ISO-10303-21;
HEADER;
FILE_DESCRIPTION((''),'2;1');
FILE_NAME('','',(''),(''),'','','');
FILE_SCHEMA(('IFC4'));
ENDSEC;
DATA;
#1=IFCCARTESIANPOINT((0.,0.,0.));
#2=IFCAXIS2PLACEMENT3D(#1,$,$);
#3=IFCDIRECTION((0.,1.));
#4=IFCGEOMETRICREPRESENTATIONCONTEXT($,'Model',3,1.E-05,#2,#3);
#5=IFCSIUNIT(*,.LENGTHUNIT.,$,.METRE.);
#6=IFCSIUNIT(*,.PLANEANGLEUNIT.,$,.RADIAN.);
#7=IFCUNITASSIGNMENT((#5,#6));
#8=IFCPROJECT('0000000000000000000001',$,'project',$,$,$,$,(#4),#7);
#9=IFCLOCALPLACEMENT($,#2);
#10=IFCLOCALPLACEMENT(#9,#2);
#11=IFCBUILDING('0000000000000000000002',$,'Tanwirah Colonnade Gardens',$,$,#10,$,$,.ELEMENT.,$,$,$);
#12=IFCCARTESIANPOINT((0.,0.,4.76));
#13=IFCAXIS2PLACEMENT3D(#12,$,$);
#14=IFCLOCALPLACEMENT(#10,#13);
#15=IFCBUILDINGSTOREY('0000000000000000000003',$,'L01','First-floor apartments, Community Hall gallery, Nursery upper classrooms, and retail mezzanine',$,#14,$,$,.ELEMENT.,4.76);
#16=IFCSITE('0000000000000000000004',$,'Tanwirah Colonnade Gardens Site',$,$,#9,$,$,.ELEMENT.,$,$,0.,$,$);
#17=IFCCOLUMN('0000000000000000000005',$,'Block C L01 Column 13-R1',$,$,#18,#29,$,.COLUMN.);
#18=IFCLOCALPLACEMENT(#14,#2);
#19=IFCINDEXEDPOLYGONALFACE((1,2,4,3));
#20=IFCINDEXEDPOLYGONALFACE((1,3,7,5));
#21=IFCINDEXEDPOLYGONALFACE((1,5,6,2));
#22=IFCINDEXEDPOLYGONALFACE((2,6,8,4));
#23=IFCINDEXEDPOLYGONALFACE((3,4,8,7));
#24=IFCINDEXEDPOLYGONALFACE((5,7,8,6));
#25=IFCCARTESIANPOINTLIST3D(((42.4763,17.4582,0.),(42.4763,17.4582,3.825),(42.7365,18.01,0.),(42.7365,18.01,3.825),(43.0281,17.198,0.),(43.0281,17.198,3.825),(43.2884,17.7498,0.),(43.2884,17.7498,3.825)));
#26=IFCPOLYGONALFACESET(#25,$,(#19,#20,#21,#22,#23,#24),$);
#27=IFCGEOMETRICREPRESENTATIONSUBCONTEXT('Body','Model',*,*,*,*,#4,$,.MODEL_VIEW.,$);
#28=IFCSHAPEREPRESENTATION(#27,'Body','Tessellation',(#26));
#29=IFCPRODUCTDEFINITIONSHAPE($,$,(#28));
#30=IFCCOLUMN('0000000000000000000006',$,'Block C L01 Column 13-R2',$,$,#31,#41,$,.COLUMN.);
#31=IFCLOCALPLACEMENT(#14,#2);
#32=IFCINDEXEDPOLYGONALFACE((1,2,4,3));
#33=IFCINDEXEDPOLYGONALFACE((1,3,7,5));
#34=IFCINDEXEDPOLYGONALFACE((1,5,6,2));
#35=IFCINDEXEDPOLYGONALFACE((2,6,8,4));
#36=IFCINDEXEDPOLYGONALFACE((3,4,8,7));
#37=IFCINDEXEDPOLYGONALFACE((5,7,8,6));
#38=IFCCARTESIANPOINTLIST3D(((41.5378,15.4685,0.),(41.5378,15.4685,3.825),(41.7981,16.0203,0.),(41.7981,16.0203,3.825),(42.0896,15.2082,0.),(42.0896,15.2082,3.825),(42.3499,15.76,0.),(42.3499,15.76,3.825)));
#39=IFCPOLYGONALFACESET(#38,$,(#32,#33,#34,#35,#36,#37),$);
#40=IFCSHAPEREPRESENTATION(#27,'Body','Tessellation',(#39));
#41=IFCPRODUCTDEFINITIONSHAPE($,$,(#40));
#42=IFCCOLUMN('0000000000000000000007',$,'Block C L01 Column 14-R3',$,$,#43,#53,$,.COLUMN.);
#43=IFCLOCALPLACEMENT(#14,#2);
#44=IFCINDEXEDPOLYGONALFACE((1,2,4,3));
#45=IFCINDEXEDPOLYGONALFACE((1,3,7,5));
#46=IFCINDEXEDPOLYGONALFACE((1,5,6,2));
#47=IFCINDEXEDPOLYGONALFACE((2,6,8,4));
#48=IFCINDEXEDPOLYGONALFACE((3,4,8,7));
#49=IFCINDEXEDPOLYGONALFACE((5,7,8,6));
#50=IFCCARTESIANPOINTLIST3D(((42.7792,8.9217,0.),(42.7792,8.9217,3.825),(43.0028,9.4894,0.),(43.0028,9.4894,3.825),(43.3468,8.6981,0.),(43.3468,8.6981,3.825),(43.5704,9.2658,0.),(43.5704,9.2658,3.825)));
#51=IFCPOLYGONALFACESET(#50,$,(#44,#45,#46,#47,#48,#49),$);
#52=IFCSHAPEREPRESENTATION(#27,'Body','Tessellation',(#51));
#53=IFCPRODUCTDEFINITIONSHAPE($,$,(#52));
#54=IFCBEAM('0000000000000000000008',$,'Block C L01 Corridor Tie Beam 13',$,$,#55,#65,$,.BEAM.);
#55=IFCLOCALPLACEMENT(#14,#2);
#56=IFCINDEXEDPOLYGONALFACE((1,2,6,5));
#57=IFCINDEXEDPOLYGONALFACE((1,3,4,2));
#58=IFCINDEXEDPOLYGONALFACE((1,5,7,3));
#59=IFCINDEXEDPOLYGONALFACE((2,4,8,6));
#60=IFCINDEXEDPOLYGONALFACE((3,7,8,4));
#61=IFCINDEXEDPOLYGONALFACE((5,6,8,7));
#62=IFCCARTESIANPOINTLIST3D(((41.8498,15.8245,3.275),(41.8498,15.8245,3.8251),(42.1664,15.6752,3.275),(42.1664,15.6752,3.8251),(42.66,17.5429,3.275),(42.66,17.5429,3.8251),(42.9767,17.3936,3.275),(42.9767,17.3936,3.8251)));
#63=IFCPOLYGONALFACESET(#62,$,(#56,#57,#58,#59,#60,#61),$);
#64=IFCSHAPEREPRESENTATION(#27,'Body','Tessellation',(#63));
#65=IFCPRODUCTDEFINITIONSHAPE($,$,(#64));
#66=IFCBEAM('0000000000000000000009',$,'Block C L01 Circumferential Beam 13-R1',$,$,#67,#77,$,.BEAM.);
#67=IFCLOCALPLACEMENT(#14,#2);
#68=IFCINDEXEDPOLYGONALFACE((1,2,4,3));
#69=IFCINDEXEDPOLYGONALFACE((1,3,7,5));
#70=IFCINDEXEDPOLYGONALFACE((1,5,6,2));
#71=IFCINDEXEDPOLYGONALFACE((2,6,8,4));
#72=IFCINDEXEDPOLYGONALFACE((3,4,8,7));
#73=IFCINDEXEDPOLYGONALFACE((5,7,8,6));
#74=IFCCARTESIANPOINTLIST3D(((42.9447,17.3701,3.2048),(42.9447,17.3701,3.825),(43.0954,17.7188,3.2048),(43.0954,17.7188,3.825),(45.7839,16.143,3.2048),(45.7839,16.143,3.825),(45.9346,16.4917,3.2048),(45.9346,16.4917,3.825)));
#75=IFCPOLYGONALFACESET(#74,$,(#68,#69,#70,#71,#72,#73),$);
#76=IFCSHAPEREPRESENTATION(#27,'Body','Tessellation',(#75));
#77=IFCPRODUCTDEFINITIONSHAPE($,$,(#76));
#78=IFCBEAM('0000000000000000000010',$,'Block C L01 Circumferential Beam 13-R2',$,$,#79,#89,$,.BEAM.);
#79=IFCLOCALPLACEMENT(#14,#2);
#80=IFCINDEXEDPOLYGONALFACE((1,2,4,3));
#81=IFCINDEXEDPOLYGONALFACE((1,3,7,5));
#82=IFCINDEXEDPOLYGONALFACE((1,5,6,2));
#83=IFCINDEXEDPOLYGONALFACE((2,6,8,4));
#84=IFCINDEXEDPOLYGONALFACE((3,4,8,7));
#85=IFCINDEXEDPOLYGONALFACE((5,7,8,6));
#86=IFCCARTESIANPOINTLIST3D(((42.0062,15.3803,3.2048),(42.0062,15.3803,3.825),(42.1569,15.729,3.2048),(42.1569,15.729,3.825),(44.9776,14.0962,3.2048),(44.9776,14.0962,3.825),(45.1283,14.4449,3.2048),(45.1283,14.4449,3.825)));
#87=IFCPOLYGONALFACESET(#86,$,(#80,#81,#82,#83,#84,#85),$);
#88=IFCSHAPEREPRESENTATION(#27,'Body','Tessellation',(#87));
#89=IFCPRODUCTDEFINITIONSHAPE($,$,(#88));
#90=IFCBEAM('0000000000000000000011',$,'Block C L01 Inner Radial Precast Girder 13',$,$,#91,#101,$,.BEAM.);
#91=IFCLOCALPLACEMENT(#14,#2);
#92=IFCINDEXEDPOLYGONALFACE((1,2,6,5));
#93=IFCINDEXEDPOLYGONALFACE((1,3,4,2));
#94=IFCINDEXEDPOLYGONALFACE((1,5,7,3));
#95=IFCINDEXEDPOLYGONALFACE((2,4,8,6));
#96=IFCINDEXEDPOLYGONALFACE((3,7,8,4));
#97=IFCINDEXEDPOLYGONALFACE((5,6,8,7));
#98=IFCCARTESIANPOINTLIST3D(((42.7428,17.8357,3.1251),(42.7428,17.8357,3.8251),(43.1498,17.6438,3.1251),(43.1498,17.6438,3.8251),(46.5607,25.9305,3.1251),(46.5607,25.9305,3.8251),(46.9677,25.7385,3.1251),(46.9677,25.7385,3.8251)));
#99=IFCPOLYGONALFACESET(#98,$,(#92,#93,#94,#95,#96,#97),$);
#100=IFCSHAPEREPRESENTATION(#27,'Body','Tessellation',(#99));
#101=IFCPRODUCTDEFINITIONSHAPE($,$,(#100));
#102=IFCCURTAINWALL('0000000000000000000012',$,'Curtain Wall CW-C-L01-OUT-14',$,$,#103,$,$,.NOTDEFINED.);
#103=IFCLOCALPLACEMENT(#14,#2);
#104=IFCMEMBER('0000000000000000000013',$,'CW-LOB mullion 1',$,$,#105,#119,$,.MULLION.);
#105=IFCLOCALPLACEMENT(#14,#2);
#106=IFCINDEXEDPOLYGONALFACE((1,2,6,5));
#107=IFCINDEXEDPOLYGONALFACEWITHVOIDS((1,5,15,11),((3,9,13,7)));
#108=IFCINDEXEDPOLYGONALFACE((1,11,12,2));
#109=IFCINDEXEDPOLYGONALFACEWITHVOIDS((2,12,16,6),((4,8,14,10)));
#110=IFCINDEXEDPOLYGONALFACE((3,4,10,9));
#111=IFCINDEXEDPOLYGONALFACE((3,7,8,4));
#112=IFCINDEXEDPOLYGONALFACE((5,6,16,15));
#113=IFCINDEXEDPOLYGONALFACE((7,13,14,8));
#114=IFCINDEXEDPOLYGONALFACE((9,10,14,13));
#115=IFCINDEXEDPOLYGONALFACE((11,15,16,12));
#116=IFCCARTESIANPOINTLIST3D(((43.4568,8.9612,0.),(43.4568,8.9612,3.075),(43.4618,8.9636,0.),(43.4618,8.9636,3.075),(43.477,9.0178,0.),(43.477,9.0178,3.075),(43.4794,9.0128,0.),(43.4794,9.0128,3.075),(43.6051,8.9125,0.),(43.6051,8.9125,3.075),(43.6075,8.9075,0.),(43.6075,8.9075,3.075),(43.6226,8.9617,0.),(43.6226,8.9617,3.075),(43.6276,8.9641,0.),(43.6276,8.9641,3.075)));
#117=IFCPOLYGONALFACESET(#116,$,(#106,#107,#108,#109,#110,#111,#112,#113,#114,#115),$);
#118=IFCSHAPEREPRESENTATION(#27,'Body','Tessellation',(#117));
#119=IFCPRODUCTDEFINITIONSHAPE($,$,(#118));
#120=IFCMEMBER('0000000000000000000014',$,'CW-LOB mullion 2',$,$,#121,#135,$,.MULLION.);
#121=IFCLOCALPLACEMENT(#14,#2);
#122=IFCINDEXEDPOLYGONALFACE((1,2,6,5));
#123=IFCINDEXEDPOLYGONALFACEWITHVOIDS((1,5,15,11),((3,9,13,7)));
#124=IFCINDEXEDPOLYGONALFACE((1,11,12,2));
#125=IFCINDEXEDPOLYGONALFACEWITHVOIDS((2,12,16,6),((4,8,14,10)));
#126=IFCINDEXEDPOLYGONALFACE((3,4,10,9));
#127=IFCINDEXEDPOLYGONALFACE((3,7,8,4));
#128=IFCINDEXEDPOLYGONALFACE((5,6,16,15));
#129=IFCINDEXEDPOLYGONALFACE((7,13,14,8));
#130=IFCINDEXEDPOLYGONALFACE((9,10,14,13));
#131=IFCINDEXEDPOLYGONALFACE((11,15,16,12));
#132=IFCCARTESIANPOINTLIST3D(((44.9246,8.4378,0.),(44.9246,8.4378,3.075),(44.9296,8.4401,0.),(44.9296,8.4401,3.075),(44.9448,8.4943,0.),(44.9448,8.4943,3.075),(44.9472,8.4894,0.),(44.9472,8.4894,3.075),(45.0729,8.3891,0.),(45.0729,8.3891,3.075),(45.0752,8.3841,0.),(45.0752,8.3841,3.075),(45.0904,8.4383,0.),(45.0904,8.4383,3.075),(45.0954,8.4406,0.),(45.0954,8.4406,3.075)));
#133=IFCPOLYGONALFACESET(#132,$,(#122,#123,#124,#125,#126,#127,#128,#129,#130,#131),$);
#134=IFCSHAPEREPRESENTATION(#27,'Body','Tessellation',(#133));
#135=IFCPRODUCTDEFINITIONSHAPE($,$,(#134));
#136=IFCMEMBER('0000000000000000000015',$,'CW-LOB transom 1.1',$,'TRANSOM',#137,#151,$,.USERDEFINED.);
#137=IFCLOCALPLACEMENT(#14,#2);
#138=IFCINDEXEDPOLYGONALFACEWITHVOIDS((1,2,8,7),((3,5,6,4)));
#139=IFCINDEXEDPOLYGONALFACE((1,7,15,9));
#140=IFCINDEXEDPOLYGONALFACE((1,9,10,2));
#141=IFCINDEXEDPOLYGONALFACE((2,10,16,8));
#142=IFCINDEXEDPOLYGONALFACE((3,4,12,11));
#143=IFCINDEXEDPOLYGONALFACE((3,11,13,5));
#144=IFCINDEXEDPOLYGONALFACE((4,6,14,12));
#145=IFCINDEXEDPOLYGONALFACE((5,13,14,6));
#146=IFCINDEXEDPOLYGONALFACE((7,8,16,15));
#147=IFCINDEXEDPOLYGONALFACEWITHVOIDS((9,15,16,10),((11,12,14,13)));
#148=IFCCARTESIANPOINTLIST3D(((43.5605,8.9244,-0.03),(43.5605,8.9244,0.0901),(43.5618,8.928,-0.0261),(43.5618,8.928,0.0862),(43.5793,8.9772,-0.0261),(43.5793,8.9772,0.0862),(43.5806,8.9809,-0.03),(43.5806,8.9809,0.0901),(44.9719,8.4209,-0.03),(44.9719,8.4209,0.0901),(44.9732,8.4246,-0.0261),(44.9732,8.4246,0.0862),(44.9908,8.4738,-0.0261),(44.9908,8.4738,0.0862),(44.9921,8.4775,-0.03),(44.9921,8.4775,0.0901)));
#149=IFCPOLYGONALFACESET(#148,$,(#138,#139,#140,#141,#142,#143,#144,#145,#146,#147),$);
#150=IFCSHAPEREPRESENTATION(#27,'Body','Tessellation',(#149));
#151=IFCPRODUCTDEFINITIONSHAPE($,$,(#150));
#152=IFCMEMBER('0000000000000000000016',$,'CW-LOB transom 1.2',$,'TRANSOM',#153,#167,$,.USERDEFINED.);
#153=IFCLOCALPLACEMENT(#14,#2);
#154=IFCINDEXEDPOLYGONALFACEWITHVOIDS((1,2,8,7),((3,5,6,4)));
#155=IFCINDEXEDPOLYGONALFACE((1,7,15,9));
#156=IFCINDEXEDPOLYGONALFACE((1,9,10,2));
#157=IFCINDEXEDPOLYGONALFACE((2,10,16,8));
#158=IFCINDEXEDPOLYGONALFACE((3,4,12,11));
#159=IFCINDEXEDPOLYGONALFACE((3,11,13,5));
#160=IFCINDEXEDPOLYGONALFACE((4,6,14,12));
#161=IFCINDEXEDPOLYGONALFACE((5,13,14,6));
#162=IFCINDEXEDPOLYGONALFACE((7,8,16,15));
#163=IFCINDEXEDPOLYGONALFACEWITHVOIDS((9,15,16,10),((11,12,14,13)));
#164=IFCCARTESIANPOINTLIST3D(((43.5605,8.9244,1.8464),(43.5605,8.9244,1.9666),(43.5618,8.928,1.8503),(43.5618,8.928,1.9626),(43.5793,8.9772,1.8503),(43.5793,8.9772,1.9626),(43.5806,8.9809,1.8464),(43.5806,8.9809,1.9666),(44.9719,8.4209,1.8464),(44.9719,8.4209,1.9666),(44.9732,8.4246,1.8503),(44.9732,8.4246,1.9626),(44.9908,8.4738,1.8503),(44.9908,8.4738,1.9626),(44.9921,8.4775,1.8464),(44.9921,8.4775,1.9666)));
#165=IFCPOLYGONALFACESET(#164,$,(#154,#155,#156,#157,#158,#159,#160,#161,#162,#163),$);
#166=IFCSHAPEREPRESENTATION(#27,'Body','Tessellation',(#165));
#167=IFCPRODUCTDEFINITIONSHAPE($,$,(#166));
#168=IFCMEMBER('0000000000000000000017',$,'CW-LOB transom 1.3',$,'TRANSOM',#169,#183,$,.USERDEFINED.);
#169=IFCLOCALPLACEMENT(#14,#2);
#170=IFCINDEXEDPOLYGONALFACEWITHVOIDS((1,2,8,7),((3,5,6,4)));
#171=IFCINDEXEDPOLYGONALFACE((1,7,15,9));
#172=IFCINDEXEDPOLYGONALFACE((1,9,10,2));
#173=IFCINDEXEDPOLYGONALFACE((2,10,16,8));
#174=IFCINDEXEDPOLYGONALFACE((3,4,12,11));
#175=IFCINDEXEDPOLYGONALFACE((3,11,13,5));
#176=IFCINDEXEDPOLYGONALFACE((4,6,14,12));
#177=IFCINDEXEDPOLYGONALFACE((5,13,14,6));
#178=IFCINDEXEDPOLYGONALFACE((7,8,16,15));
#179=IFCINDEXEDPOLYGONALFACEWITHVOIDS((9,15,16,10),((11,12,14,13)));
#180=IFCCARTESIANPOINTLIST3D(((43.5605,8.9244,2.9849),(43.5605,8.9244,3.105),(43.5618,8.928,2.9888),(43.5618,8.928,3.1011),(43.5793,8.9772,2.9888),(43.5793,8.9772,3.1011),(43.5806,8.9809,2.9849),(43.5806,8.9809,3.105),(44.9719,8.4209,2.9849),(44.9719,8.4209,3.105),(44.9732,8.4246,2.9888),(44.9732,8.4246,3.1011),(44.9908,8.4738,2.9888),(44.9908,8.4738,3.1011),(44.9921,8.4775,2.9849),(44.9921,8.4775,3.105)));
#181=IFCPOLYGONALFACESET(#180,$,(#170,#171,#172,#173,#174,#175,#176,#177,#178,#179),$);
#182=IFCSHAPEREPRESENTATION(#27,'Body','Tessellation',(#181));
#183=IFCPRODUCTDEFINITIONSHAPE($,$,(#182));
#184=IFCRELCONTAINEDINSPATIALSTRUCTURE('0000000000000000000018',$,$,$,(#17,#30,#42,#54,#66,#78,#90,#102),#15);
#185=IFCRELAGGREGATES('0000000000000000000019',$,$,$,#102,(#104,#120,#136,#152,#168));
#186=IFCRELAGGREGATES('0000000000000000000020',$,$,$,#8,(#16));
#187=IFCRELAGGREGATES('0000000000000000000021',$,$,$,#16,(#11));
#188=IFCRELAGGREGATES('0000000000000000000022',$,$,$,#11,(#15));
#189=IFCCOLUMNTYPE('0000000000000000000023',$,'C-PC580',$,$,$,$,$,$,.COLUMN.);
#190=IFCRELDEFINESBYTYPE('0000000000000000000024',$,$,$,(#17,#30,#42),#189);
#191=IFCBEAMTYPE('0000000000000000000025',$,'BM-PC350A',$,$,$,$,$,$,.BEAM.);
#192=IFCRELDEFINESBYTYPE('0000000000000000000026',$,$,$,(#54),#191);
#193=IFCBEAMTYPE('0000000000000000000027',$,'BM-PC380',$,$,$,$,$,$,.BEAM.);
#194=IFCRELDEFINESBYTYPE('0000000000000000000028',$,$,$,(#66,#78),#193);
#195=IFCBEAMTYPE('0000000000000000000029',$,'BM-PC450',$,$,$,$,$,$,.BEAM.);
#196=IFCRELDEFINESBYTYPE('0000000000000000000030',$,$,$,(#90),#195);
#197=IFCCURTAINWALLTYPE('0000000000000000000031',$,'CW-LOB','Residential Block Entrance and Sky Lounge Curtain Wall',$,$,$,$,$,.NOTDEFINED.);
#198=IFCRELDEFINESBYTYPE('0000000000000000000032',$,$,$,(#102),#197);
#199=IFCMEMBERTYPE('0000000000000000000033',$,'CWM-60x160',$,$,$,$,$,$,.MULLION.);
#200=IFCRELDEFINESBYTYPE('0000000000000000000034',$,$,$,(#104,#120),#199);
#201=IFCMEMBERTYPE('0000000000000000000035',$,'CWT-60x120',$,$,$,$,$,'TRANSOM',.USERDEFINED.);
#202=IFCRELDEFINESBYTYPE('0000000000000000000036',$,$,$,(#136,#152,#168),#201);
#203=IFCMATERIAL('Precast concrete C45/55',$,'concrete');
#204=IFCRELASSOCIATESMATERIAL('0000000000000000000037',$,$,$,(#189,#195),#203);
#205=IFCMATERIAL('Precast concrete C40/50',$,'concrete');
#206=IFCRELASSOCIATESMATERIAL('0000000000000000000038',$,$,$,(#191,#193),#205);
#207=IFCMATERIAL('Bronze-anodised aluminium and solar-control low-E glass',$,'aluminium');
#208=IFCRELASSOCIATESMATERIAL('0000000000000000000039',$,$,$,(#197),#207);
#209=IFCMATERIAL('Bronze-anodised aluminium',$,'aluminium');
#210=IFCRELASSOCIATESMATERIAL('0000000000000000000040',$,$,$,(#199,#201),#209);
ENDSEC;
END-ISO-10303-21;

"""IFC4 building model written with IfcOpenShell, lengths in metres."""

from ifc_helpers import new_model, si_unit, direction, frame, origin, origin_2d, place, context, subcontext, project, spatial, rectangle, hollow_rectangle, extrude, material, material_profile, profile_set, type_object, element, aggregate, save


model = new_model("IFC4")

# Units and contexts
model_context = context("Model", 3, precision=1e-05, world=origin(), true_north=direction((0.0, 1.0)))
body_context = subcontext(model_context, "Body", "Model", "MODEL_VIEW")
ifc_project = project(units=[si_unit("LENGTHUNIT", "METRE"), si_unit("PLANEANGLEUNIT", "RADIAN")], contexts=[model_context])

# Site, building, storey
site_placement = place(None, origin())
site = spatial("IfcSite", under=ifc_project, at=site_placement, Name="Tanwirah Colonnade Gardens Site", CompositionType="ELEMENT", RefElevation=0.0)
building_placement = place(site_placement, origin())
building = spatial("IfcBuilding", under=site, at=building_placement, Name="Tanwirah Colonnade Gardens", CompositionType="ELEMENT")
storey_placement = place(building_placement, frame((0.0, 0.0, 4.76)))
storey = spatial("IfcBuildingStorey", under=building, at=storey_placement, Name="L01", Description="First-floor apartments, Community Hall gallery, Nursery upper classrooms, and retail mezzanine", CompositionType="ELEMENT", Elevation=4.76)

# Columns
ifc_material_1 = material(Name="Precast concrete C45/55", Category="concrete")
ifc_material_profile_1 = material_profile(ifc_material_1, rectangle(XDim=0.6101, YDim=0.6101, at=origin_2d()), Name="PC-COL 610x610")
ifc_profile_set_1 = profile_set([ifc_material_profile_1], Name="Precast concrete C45/55")
column_type = type_object("IfcColumnType", Name="C-PC580", PredefinedType="COLUMN", material=ifc_profile_set_1)
for number, where, z_axis, x_axis, name in (
    (1, (42.8823, 17.604, 0.0), (0.0, 0.0, 1.0), (-0.426569, -0.904455, 0.0), "Block C L01 Column 13-R1"),
    (2, (41.9438, 15.6143, 0.0), (0.0, 0.0, 1.0), (-0.426569, -0.904455, 0.0), "Block C L01 Column 13-R2"),
    (3, (43.1748, 9.0938, 0.0), (0.0, 0.0, 1.0), (-0.366501, -0.930418, 0.0), "Block C L01 Column 14-R3"),
):
    element("IfcColumn", number, at=place(storey_placement, frame(where, z_axis=z_axis, x_axis=x_axis)), inside=storey, type_object=column_type, Name=name, PredefinedType="COLUMN", context=body_context, shape_type="SweptSolid", body=[
        extrude(rectangle(XDim=0.6101, YDim=0.6101, at=origin_2d()), origin(), (0.0, 0.0, 1.0), 3.825),
    ])

# Beams
ifc_material_2 = material(Name="Precast concrete C40/50", Category="concrete")
ifc_material_profile_2 = material_profile(ifc_material_2, rectangle(XDim=0.3501, YDim=0.55, at=origin_2d()), Name="PC-BM 350x550")
ifc_profile_set_2 = profile_set([ifc_material_profile_2], Name="Precast concrete C40/50")
beam_type_1 = type_object("IfcBeamType", Name="BM-PC350A", PredefinedType="BEAM", material=ifc_profile_set_2)
beam_1_placement = place(storey_placement, frame((42.8184, 17.4683, 3.55), z_axis=(-0.426484, -0.904495, 0.0), x_axis=(0.904495, -0.426484, 0.0)))
element("IfcBeam", 4, at=beam_1_placement, inside=storey, type_object=beam_type_1, Name="Block C L01 Corridor Tie Beam 13", PredefinedType="BEAM", context=body_context, shape_type="SweptSolid", body=[
    extrude(rectangle(XDim=0.3501, YDim=0.55, at=origin_2d()), origin(), (0.0, 0.0, 1.0), 1.8999),
])
ifc_material_profile_3 = material_profile(ifc_material_2, rectangle(XDim=0.3799, YDim=0.6201, at=origin_2d()), Name="PC-BM 380x620")
ifc_profile_set_3 = profile_set([ifc_material_profile_3], Name="Precast concrete C40/50")
beam_type_2 = type_object("IfcBeamType", Name="BM-PC380", PredefinedType="BEAM", material=ifc_profile_set_3)
beam_2_placement = place(storey_placement, frame((43.02, 17.5444, 3.5149), z_axis=(0.917936, -0.396728, 0.0), x_axis=(0.396728, 0.917936, 0.0)))
element("IfcBeam", 5, at=beam_2_placement, inside=storey, type_object=beam_type_2, Name="Block C L01 Circumferential Beam 13-R1", PredefinedType="BEAM", context=body_context, shape_type="SweptSolid", body=[
    extrude(rectangle(XDim=0.3799, YDim=0.6201, at=origin_2d()), origin(), (0.0, 0.0, 1.0), 3.093),
])
beam_3_placement = place(storey_placement, frame((42.0815, 15.5547, 3.5149), z_axis=(0.917943, -0.396712, 0.0), x_axis=(0.396712, 0.917943, 0.0)))
element("IfcBeam", 6, at=beam_3_placement, inside=storey, type_object=beam_type_2, Name="Block C L01 Circumferential Beam 13-R2", PredefinedType="BEAM", context=body_context, shape_type="SweptSolid", body=[
    extrude(rectangle(XDim=0.3799, YDim=0.6201, at=origin_2d()), origin(), (0.0, 0.0, 1.0), 3.2371),
])
ifc_material_profile_4 = material_profile(ifc_material_1, rectangle(XDim=0.45, YDim=0.7, at=origin_2d()), Name="PC-BM 450x700")
ifc_profile_set_4 = profile_set([ifc_material_profile_4], Name="Precast concrete C45/55")
beam_type_3 = type_object("IfcBeamType", Name="BM-PC450", PredefinedType="BEAM", material=ifc_profile_set_4)
beam_4_placement = place(storey_placement, frame((42.9463, 17.7397, 3.4751), z_axis=(0.426582, 0.904449, 0.0), x_axis=(-0.904449, 0.426582, 0.0)))
element("IfcBeam", 7, at=beam_4_placement, inside=storey, type_object=beam_type_3, Name="Block C L01 Inner Radial Precast Girder 13", PredefinedType="BEAM", context=body_context, shape_type="SweptSolid", body=[
    extrude(rectangle(XDim=0.45, YDim=0.7, at=origin_2d()), origin(), (0.0, 0.0, 1.0), 8.95),
])

# Curtain wall, members
ifc_material_3 = material(Name="Bronze-anodised aluminium and solar-control low-E glass", Category="aluminium")
curtain_wall_type = type_object("IfcCurtainWallType", Name="CW-LOB", Description="Residential Block Entrance and Sky Lounge Curtain Wall", PredefinedType="NOTDEFINED", material=ifc_material_3)
curtain_wall_placement = place(storey_placement, origin())
curtain_wall = element("IfcCurtainWall", 8, at=curtain_wall_placement, inside=storey, type_object=curtain_wall_type, Name="Curtain Wall CW-C-L01-OUT-14", PredefinedType="NOTDEFINED")
ifc_material_4 = material(Name="Bronze-anodised aluminium", Category="aluminium")
ifc_material_profile_5 = material_profile(ifc_material_4, hollow_rectangle(XDim=0.0601, YDim=0.1599, WallThickness=0.0039, at=origin_2d()), Name="CW-MUL 60x160x4")
ifc_profile_set_5 = profile_set([ifc_material_profile_5], Name="Bronze-anodised aluminium")
member_type_1 = type_object("IfcMemberType", Name="CWM-60x160", PredefinedType="MULLION", material=ifc_profile_set_5)
member_1_placement = place(storey_placement, frame((43.5422, 8.9626, 0.0), z_axis=(0.0, 0.0, 1.0), x_axis=(0.335862, 0.941911, 0.0)))
member_1 = element("IfcMember", 9, at=member_1_placement, type_object=member_type_1, Name="CW-LOB mullion 1", PredefinedType="MULLION", context=body_context, shape_type="SweptSolid", body=[
    extrude(hollow_rectangle(XDim=0.0601, YDim=0.1599, WallThickness=0.0039, at=origin_2d()), origin(), (0.0, 0.0, 1.0), 3.075),
])
member_2_placement = place(storey_placement, frame((45.01, 8.4392, 0.0), z_axis=(0.0, 0.0, 1.0), x_axis=(0.335862, 0.941911, 0.0)))
member_2 = element("IfcMember", 10, at=member_2_placement, type_object=member_type_1, Name="CW-LOB mullion 2", PredefinedType="MULLION", context=body_context, shape_type="SweptSolid", body=[
    extrude(hollow_rectangle(XDim=0.0601, YDim=0.1599, WallThickness=0.0039, at=origin_2d()), origin(), (0.0, 0.0, 1.0), 3.075),
])
ifc_material_profile_6 = material_profile(ifc_material_4, hollow_rectangle(XDim=0.0601, YDim=0.1201, WallThickness=0.0039, at=origin_2d()), Name="CW-TRN 60x120x4")
ifc_profile_set_6 = profile_set([ifc_material_profile_6], Name="Bronze-anodised aluminium")
member_type_2 = type_object("IfcMemberType", Name="CWT-60x120", ElementType="TRANSOM", PredefinedType="USERDEFINED", material=ifc_profile_set_6)
member_3_placement = place(storey_placement, frame((43.5706, 8.9526, 0.03), z_axis=(0.941878, -0.335954, 0.0), x_axis=(0.335954, 0.941878, 0.0)))
member_3 = element("IfcMember", 11, at=member_3_placement, type_object=member_type_2, Name="CW-LOB transom 1.1", ObjectType="TRANSOM", PredefinedType="USERDEFINED", context=body_context, shape_type="SweptSolid", body=[
    extrude(hollow_rectangle(XDim=0.0601, YDim=0.1201, WallThickness=0.0039, at=origin_2d()), origin(), (0.0, 0.0, 1.0), 1.4985),
])
member_4_placement = place(storey_placement, frame((43.5706, 8.9526, 1.9065), z_axis=(0.941878, -0.335954, 0.0), x_axis=(0.335954, 0.941878, 0.0)))
member_4 = element("IfcMember", 12, at=member_4_placement, type_object=member_type_2, Name="CW-LOB transom 1.2", ObjectType="TRANSOM", PredefinedType="USERDEFINED", context=body_context, shape_type="SweptSolid", body=[
    extrude(hollow_rectangle(XDim=0.0601, YDim=0.1201, WallThickness=0.0039, at=origin_2d()), origin(), (0.0, 0.0, 1.0), 1.4985),
])
member_5_placement = place(storey_placement, frame((43.5706, 8.9526, 3.0449), z_axis=(0.941878, -0.335954, 0.0), x_axis=(0.335954, 0.941878, 0.0)))
member_5 = element("IfcMember", 13, at=member_5_placement, type_object=member_type_2, Name="CW-LOB transom 1.3", ObjectType="TRANSOM", PredefinedType="USERDEFINED", context=body_context, shape_type="SweptSolid", body=[
    extrude(hollow_rectangle(XDim=0.0601, YDim=0.1201, WallThickness=0.0039, at=origin_2d()), origin(), (0.0, 0.0, 1.0), 1.4985),
])

aggregate(curtain_wall, [member_1, member_2, member_3, member_4, member_5])

save(model, "model.ifc")
